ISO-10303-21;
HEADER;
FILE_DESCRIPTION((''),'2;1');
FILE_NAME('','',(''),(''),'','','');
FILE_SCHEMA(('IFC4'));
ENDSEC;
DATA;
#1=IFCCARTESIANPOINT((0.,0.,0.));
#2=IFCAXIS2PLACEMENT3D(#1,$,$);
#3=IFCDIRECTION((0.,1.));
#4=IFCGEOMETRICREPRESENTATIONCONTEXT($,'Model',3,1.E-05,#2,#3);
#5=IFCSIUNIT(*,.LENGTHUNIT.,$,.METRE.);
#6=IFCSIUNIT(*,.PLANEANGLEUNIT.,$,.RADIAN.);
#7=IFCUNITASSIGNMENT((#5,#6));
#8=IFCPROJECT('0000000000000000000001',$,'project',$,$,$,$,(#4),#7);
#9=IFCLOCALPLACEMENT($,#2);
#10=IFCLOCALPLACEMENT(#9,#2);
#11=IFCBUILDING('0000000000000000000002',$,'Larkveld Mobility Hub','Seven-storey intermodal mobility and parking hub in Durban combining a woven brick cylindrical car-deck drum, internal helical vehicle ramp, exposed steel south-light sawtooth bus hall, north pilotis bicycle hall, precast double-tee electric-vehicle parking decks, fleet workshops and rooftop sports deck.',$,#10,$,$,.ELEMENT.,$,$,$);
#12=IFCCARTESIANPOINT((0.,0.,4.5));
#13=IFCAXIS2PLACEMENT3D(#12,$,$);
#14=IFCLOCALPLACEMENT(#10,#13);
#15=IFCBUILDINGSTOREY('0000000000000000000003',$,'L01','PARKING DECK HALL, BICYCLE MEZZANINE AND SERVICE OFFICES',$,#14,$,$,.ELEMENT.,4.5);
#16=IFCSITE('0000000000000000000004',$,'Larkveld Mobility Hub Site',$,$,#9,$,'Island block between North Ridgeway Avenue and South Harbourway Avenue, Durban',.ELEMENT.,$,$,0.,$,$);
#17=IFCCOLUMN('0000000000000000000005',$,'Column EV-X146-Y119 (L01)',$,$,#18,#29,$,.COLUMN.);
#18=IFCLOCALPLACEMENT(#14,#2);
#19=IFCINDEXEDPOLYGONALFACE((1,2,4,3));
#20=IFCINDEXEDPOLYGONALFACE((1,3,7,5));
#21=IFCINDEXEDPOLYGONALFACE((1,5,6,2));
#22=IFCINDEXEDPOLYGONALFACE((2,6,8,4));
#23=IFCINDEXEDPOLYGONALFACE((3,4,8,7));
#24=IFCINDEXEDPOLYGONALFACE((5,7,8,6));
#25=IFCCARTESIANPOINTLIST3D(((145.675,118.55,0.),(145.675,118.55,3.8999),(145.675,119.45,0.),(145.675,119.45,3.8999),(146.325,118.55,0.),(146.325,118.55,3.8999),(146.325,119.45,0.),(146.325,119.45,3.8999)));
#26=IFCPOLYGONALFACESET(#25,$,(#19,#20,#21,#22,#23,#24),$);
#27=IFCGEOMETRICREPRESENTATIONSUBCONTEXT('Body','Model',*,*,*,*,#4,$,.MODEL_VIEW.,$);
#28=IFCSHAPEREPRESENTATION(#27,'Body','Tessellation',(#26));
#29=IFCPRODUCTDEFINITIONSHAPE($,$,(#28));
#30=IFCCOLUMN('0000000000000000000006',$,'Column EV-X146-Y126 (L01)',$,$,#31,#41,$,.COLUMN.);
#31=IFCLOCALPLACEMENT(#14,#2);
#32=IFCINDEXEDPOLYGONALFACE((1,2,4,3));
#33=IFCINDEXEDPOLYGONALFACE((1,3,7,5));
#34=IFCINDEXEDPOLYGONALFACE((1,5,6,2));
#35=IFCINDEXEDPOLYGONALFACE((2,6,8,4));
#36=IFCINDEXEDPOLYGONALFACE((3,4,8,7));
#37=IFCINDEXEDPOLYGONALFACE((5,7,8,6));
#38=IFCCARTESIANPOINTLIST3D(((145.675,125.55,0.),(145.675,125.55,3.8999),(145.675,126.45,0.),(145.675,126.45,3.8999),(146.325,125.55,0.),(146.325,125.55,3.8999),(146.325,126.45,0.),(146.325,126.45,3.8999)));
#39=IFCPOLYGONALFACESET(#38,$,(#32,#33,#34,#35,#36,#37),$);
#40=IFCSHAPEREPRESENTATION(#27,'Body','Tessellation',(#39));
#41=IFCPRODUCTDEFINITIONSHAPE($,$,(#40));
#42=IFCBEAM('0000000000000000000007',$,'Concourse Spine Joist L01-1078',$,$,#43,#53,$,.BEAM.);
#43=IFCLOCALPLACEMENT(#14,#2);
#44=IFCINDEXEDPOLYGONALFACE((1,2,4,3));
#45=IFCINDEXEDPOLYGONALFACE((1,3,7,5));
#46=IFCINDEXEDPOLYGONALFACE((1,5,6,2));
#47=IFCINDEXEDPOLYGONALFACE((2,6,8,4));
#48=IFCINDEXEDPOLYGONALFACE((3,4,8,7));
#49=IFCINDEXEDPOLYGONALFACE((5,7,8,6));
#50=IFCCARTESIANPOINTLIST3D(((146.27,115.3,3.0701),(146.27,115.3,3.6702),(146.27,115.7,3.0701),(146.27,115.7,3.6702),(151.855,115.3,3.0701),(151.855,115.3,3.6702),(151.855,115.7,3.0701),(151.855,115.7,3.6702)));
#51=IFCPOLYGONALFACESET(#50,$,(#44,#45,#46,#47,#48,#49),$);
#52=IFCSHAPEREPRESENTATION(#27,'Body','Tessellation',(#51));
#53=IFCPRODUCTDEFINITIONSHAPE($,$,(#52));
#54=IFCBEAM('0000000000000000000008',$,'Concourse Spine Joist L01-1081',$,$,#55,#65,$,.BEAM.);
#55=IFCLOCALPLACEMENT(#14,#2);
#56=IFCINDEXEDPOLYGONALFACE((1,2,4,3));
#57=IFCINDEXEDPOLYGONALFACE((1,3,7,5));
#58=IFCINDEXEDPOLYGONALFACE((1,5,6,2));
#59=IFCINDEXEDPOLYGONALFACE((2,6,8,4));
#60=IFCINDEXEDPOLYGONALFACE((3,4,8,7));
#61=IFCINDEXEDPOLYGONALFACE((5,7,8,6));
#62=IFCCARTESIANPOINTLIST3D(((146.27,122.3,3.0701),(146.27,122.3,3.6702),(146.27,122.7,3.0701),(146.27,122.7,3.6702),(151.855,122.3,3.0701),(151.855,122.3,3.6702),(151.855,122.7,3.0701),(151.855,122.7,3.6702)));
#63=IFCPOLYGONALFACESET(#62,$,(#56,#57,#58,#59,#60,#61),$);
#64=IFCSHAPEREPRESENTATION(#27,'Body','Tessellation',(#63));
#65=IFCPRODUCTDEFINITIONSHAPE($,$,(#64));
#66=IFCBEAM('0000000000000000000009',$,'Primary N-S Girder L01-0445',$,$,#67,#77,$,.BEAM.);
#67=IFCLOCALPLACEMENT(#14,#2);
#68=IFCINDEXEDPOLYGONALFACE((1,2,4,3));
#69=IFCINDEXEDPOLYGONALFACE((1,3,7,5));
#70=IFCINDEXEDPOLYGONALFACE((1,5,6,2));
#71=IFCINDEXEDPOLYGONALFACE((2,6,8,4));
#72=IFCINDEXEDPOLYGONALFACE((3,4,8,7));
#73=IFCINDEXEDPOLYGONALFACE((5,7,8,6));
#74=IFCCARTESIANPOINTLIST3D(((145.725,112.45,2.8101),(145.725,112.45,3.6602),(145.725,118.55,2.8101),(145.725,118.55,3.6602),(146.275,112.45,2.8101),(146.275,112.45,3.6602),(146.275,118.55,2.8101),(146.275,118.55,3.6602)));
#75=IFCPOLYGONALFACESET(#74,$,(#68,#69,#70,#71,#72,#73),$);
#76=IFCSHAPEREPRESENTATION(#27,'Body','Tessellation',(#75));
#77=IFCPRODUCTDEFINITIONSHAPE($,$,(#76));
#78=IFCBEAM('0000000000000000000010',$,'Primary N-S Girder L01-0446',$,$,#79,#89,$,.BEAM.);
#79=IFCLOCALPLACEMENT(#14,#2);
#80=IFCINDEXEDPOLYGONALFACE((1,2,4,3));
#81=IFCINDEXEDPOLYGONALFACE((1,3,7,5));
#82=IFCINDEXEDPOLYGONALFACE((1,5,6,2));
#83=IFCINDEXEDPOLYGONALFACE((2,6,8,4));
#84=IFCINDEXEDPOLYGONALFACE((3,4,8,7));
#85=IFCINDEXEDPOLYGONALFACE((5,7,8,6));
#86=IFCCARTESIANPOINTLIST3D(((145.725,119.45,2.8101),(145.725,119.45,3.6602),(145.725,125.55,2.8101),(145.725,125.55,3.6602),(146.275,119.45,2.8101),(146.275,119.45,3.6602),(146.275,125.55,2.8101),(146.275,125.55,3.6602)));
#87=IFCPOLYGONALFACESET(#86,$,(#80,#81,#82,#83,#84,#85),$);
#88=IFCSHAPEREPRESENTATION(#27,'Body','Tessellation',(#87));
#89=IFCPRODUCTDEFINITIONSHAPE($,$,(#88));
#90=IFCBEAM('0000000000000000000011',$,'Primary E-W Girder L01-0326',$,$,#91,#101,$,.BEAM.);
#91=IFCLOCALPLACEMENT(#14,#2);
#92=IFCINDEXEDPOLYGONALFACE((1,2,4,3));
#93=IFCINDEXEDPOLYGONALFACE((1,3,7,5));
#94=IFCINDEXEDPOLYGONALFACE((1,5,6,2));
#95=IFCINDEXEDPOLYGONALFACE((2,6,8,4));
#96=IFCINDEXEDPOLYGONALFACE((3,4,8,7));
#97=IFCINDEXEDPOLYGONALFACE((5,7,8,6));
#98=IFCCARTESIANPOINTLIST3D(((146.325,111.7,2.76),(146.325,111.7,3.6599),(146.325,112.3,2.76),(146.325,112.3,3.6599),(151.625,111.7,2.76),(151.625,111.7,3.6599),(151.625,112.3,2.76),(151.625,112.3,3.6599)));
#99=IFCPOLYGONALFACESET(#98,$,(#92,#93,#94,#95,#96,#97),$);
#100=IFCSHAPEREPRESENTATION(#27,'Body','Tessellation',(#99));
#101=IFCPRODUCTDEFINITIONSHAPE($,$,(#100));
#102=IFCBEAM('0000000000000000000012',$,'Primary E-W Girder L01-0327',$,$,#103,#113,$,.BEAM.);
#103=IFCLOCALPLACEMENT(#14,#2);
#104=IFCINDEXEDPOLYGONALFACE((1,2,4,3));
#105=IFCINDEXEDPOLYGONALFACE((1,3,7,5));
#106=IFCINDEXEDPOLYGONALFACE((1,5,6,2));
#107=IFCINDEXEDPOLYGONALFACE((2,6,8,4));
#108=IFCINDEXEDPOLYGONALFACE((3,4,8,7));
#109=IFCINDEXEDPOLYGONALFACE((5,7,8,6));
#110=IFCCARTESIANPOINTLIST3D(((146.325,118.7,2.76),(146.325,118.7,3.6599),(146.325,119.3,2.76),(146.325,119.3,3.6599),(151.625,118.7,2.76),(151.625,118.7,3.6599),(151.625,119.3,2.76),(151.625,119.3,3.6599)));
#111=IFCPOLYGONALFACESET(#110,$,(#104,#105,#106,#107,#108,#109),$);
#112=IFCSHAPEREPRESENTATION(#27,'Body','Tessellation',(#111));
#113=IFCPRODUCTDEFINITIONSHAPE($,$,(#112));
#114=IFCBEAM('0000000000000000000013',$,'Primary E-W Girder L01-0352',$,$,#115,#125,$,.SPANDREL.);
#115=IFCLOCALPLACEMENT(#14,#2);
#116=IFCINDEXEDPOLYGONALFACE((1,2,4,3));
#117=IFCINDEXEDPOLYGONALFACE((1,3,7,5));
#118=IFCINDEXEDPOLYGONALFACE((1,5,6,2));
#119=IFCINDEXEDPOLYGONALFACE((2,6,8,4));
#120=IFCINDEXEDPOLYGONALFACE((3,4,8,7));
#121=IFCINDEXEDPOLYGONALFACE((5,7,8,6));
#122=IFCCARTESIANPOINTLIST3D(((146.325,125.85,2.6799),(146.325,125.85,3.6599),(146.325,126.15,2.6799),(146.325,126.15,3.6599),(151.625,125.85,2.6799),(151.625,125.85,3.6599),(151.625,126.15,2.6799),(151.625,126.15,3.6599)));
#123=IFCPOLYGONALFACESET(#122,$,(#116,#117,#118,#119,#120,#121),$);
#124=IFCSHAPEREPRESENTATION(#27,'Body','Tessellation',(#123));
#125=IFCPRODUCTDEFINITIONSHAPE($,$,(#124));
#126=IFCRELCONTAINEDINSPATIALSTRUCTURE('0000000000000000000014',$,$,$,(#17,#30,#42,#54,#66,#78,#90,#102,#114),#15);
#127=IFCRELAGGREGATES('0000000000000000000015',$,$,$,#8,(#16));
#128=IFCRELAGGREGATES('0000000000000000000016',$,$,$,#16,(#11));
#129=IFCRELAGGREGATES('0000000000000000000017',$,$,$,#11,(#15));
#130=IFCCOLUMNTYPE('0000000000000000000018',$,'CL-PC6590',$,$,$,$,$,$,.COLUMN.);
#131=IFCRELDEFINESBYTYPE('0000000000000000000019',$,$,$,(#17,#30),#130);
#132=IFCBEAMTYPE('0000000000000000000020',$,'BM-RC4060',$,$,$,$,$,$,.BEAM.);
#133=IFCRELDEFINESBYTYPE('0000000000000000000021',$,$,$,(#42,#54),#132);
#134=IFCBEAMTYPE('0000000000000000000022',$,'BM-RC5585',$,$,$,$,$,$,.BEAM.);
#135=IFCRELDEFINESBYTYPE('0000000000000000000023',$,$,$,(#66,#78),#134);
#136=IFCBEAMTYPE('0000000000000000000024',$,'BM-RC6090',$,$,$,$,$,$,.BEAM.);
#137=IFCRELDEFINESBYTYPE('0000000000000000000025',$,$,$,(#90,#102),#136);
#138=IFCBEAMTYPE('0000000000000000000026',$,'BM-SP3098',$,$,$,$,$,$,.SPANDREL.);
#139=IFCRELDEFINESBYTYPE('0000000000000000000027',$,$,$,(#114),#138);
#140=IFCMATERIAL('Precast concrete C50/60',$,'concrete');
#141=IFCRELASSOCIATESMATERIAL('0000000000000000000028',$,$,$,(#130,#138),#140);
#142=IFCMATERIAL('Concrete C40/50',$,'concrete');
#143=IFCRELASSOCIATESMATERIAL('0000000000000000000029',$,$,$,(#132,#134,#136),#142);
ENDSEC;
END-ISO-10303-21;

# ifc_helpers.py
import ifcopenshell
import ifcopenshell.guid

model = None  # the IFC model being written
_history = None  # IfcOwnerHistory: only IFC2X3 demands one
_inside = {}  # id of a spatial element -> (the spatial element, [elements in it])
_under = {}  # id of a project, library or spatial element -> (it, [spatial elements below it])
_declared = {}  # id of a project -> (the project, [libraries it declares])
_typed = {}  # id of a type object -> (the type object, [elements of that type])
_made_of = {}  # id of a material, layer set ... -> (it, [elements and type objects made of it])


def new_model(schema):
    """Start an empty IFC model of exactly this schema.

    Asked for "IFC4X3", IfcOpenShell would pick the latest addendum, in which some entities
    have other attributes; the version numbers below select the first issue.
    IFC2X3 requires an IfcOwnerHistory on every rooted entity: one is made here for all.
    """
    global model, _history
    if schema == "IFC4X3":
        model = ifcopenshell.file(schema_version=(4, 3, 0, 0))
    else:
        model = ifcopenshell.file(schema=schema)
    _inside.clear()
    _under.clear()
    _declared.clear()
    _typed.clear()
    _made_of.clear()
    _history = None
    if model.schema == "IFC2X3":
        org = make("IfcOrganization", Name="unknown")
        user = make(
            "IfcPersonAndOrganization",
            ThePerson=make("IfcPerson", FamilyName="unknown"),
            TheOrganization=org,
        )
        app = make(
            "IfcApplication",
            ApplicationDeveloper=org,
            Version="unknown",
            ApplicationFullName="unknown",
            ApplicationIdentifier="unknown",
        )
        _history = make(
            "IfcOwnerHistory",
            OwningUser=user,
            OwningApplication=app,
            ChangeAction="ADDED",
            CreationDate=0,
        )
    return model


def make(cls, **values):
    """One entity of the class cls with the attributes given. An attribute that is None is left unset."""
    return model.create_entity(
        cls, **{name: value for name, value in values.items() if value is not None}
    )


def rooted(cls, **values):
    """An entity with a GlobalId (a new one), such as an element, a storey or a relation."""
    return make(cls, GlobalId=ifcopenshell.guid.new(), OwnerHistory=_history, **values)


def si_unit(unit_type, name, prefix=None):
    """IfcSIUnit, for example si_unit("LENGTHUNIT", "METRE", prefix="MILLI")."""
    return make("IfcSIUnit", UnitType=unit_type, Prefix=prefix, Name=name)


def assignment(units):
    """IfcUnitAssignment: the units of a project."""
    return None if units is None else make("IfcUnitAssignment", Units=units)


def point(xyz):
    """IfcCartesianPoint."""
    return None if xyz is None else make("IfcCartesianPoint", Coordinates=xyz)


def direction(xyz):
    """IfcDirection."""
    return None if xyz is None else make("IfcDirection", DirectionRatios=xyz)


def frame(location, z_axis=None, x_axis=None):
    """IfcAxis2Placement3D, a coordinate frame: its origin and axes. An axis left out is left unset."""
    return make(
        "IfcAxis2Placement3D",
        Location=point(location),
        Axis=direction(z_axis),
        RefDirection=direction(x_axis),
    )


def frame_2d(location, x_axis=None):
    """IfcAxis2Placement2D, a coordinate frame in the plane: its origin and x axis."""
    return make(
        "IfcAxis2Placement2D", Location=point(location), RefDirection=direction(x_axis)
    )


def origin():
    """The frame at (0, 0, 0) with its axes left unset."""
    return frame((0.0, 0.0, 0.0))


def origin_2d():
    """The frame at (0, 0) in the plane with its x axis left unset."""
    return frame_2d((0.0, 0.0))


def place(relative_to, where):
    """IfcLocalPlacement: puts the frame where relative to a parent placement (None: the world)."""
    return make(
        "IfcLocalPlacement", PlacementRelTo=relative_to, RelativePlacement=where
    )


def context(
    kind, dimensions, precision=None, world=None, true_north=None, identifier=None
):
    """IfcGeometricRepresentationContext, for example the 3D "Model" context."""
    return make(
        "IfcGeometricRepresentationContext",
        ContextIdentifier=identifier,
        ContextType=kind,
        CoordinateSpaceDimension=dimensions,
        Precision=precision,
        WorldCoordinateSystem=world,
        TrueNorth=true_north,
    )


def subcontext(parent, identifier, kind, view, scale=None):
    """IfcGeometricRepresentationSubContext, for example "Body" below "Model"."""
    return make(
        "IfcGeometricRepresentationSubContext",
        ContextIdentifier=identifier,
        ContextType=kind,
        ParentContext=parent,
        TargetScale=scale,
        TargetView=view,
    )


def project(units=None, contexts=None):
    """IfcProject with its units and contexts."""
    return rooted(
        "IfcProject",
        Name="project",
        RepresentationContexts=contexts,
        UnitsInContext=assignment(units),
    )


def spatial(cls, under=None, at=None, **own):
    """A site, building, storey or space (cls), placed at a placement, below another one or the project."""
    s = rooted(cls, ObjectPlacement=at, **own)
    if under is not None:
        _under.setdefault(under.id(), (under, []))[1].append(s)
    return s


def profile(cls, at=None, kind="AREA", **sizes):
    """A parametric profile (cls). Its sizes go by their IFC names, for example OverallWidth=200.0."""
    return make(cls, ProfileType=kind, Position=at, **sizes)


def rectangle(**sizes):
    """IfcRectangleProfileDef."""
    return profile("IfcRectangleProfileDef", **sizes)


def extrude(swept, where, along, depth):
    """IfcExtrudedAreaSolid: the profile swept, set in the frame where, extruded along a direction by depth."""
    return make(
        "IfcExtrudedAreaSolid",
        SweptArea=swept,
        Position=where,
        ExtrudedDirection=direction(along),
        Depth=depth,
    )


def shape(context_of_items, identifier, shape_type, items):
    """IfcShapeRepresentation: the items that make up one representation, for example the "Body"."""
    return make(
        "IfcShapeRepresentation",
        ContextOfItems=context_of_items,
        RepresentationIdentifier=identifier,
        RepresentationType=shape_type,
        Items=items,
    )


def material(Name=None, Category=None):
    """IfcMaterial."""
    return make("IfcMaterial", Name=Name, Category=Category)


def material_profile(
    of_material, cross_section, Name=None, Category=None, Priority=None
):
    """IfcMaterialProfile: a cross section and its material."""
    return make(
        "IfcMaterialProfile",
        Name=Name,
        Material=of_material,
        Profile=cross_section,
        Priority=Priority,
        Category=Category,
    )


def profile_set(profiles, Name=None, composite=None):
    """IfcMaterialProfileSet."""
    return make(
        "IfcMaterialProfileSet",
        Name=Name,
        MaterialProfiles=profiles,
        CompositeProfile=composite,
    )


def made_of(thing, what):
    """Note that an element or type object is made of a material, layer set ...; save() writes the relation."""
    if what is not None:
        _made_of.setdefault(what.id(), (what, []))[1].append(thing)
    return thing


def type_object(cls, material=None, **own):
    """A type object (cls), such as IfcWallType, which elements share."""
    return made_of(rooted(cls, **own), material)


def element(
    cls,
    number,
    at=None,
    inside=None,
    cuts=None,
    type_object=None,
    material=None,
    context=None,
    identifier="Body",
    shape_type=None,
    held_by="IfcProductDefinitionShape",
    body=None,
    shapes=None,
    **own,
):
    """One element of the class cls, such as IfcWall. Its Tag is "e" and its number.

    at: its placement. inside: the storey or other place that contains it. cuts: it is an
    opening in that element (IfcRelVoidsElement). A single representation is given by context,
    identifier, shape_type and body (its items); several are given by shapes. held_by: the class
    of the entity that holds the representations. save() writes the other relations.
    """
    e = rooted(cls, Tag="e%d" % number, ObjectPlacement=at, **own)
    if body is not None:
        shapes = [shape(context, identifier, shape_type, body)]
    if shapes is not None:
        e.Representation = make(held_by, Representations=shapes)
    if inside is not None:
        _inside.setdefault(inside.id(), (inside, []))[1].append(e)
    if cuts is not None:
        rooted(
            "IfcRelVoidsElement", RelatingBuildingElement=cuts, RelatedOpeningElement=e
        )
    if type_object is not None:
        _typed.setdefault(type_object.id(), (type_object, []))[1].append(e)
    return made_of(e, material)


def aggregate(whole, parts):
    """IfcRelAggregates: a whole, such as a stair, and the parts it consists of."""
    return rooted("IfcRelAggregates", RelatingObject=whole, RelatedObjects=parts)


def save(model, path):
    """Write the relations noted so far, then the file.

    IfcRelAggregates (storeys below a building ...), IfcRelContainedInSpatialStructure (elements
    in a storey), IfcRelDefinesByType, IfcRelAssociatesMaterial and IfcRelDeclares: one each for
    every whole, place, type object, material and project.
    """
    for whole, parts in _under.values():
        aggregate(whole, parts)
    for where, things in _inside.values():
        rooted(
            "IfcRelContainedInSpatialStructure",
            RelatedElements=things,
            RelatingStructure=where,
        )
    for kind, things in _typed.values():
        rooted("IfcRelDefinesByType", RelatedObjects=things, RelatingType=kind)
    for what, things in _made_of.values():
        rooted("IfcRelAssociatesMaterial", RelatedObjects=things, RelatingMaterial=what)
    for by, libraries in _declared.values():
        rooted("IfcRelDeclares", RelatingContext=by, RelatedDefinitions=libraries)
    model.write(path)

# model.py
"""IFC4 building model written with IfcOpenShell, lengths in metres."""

from ifc_helpers import new_model, si_unit, direction, frame, origin, origin_2d, place, context, subcontext, project, spatial, rectangle, extrude, material, material_profile, profile_set, type_object, element, save


model = new_model("IFC4")

# Units and contexts
model_context = context("Model", 3, precision=1e-05, world=origin(), true_north=direction((0.0, 1.0)))
body_context = subcontext(model_context, "Body", "Model", "MODEL_VIEW")
ifc_project = project(units=[si_unit("LENGTHUNIT", "METRE"), si_unit("PLANEANGLEUNIT", "RADIAN")], contexts=[model_context])

# Site, building, storey
site_placement = place(None, origin())
site = spatial("IfcSite", under=ifc_project, at=site_placement, Name="Larkveld Mobility Hub Site", LongName="Island block between North Ridgeway Avenue and South Harbourway Avenue, Durban", CompositionType="ELEMENT", RefElevation=0.0)
building_placement = place(site_placement, origin())
building = spatial("IfcBuilding", under=site, at=building_placement, Name="Larkveld Mobility Hub", Description="Seven-storey intermodal mobility and parking hub in Durban combining a woven brick cylindrical car-deck drum, internal helical vehicle ramp, exposed steel south-light sawtooth bus hall, north pilotis bicycle hall, precast double-tee electric-vehicle parking decks, fleet workshops and rooftop sports deck.", CompositionType="ELEMENT")
storey_placement = place(building_placement, frame((0.0, 0.0, 4.5)))
storey = spatial("IfcBuildingStorey", under=building, at=storey_placement, Name="L01", Description="PARKING DECK HALL, BICYCLE MEZZANINE AND SERVICE OFFICES", CompositionType="ELEMENT", Elevation=4.5)

# Columns
ifc_material_1 = material(Name="Precast concrete C50/60", Category="concrete")
ifc_material_profile_1 = material_profile(ifc_material_1, rectangle(XDim=0.6499, YDim=0.8999, at=origin_2d()), Name="RC COL 650x900")
ifc_profile_set_1 = profile_set([ifc_material_profile_1], Name="Precast concrete C50/60")
column_type = type_object("IfcColumnType", Name="CL-PC6590", PredefinedType="COLUMN", material=ifc_profile_set_1)
for number, where, z_axis, x_axis, name in (
    (1, (146.0, 119.0, 0.0), (0.0, 0.0, 1.0), (1.0, 0.0, 0.0), "Column EV-X146-Y119 (L01)"),
    (2, (146.0, 126.0, 0.0), (0.0, 0.0, 1.0), (1.0, 0.0, 0.0), "Column EV-X146-Y126 (L01)"),
):
    element("IfcColumn", number, at=place(storey_placement, frame(where, z_axis=z_axis, x_axis=x_axis)), inside=storey, type_object=column_type, Name=name, PredefinedType="COLUMN", context=body_context, shape_type="SweptSolid", body=[
        extrude(rectangle(XDim=0.6499, YDim=0.8999, at=origin_2d()), origin(), (0.0, 0.0, 1.0), 3.8999),
    ])

# Beams
ifc_material_2 = material(Name="Concrete C40/50", Category="concrete")
ifc_material_profile_2 = material_profile(ifc_material_2, rectangle(XDim=0.3999, YDim=0.6001, at=origin_2d()), Name="RC BM 400x600")
ifc_profile_set_2 = profile_set([ifc_material_profile_2], Name="Concrete C40/50")
beam_type_1 = type_object("IfcBeamType", Name="BM-RC4060", PredefinedType="BEAM", material=ifc_profile_set_2)
for number, where, z_axis, x_axis, name in (
    (3, (146.27, 115.5, 3.3701), (1.0, 0.0, 0.0), (0.0, 1.0, 0.0), "Concourse Spine Joist L01-1078"),
    (4, (146.27, 122.5, 3.3701), (1.0, 0.0, 0.0), (0.0, 1.0, 0.0), "Concourse Spine Joist L01-1081"),
):
    element("IfcBeam", number, at=place(storey_placement, frame(where, z_axis=z_axis, x_axis=x_axis)), inside=storey, type_object=beam_type_1, Name=name, PredefinedType="BEAM", context=body_context, shape_type="SweptSolid", body=[
        extrude(rectangle(XDim=0.3999, YDim=0.6001, at=origin_2d()), origin(), (0.0, 0.0, 1.0), 5.585),
    ])
ifc_material_profile_3 = material_profile(ifc_material_2, rectangle(XDim=0.55, YDim=0.8501, at=origin_2d()), Name="RC BM 550x850")
ifc_profile_set_3 = profile_set([ifc_material_profile_3], Name="Concrete C40/50")
beam_type_2 = type_object("IfcBeamType", Name="BM-RC5585", PredefinedType="BEAM", material=ifc_profile_set_3)
for number, where, z_axis, x_axis, name in (
    (5, (146.0, 112.45, 3.2351), (0.0, 1.0, 0.0), (-1.0, 0.0, 0.0), "Primary N-S Girder L01-0445"),
    (6, (146.0, 119.45, 3.2351), (0.0, 1.0, 0.0), (-1.0, 0.0, 0.0), "Primary N-S Girder L01-0446"),
):
    element("IfcBeam", number, at=place(storey_placement, frame(where, z_axis=z_axis, x_axis=x_axis)), inside=storey, type_object=beam_type_2, Name=name, PredefinedType="BEAM", context=body_context, shape_type="SweptSolid", body=[
        extrude(rectangle(XDim=0.55, YDim=0.8501, at=origin_2d()), origin(), (0.0, 0.0, 1.0), 6.1001),
    ])
ifc_material_profile_4 = material_profile(ifc_material_2, rectangle(XDim=0.6001, YDim=0.8999, at=origin_2d()), Name="RC BM 600x900")
ifc_profile_set_4 = profile_set([ifc_material_profile_4], Name="Concrete C40/50")
beam_type_3 = type_object("IfcBeamType", Name="BM-RC6090", PredefinedType="BEAM", material=ifc_profile_set_4)
for number, where, z_axis, x_axis, name in (
    (7, (146.325, 112.0, 3.21), (1.0, 0.0, 0.0), (0.0, 1.0, 0.0), "Primary E-W Girder L01-0326"),
    (8, (146.325, 119.0, 3.21), (1.0, 0.0, 0.0), (0.0, 1.0, 0.0), "Primary E-W Girder L01-0327"),
):
    element("IfcBeam", number, at=place(storey_placement, frame(where, z_axis=z_axis, x_axis=x_axis)), inside=storey, type_object=beam_type_3, Name=name, PredefinedType="BEAM", context=body_context, shape_type="SweptSolid", body=[
        extrude(rectangle(XDim=0.6001, YDim=0.8999, at=origin_2d()), origin(), (0.0, 0.0, 1.0), 5.3),
    ])
ifc_material_profile_5 = material_profile(ifc_material_1, rectangle(XDim=0.3, YDim=0.98, at=origin_2d()), Name="PC SP 300x980")
ifc_profile_set_5 = profile_set([ifc_material_profile_5], Name="Precast concrete C50/60")
beam_type_4 = type_object("IfcBeamType", Name="BM-SP3098", PredefinedType="SPANDREL", material=ifc_profile_set_5)
beam_placement = place(storey_placement, frame((146.325, 126.0, 3.1699), z_axis=(1.0, 0.0, 0.0), x_axis=(0.0, 1.0, 0.0)))
element("IfcBeam", 9, at=beam_placement, inside=storey, type_object=beam_type_4, Name="Primary E-W Girder L01-0352", PredefinedType="SPANDREL", context=body_context, shape_type="SweptSolid", body=[
    extrude(rectangle(XDim=0.3, YDim=0.98, at=origin_2d()), origin(), (0.0, 0.0, 1.0), 5.3),
])

save(model, "model.ifc")
